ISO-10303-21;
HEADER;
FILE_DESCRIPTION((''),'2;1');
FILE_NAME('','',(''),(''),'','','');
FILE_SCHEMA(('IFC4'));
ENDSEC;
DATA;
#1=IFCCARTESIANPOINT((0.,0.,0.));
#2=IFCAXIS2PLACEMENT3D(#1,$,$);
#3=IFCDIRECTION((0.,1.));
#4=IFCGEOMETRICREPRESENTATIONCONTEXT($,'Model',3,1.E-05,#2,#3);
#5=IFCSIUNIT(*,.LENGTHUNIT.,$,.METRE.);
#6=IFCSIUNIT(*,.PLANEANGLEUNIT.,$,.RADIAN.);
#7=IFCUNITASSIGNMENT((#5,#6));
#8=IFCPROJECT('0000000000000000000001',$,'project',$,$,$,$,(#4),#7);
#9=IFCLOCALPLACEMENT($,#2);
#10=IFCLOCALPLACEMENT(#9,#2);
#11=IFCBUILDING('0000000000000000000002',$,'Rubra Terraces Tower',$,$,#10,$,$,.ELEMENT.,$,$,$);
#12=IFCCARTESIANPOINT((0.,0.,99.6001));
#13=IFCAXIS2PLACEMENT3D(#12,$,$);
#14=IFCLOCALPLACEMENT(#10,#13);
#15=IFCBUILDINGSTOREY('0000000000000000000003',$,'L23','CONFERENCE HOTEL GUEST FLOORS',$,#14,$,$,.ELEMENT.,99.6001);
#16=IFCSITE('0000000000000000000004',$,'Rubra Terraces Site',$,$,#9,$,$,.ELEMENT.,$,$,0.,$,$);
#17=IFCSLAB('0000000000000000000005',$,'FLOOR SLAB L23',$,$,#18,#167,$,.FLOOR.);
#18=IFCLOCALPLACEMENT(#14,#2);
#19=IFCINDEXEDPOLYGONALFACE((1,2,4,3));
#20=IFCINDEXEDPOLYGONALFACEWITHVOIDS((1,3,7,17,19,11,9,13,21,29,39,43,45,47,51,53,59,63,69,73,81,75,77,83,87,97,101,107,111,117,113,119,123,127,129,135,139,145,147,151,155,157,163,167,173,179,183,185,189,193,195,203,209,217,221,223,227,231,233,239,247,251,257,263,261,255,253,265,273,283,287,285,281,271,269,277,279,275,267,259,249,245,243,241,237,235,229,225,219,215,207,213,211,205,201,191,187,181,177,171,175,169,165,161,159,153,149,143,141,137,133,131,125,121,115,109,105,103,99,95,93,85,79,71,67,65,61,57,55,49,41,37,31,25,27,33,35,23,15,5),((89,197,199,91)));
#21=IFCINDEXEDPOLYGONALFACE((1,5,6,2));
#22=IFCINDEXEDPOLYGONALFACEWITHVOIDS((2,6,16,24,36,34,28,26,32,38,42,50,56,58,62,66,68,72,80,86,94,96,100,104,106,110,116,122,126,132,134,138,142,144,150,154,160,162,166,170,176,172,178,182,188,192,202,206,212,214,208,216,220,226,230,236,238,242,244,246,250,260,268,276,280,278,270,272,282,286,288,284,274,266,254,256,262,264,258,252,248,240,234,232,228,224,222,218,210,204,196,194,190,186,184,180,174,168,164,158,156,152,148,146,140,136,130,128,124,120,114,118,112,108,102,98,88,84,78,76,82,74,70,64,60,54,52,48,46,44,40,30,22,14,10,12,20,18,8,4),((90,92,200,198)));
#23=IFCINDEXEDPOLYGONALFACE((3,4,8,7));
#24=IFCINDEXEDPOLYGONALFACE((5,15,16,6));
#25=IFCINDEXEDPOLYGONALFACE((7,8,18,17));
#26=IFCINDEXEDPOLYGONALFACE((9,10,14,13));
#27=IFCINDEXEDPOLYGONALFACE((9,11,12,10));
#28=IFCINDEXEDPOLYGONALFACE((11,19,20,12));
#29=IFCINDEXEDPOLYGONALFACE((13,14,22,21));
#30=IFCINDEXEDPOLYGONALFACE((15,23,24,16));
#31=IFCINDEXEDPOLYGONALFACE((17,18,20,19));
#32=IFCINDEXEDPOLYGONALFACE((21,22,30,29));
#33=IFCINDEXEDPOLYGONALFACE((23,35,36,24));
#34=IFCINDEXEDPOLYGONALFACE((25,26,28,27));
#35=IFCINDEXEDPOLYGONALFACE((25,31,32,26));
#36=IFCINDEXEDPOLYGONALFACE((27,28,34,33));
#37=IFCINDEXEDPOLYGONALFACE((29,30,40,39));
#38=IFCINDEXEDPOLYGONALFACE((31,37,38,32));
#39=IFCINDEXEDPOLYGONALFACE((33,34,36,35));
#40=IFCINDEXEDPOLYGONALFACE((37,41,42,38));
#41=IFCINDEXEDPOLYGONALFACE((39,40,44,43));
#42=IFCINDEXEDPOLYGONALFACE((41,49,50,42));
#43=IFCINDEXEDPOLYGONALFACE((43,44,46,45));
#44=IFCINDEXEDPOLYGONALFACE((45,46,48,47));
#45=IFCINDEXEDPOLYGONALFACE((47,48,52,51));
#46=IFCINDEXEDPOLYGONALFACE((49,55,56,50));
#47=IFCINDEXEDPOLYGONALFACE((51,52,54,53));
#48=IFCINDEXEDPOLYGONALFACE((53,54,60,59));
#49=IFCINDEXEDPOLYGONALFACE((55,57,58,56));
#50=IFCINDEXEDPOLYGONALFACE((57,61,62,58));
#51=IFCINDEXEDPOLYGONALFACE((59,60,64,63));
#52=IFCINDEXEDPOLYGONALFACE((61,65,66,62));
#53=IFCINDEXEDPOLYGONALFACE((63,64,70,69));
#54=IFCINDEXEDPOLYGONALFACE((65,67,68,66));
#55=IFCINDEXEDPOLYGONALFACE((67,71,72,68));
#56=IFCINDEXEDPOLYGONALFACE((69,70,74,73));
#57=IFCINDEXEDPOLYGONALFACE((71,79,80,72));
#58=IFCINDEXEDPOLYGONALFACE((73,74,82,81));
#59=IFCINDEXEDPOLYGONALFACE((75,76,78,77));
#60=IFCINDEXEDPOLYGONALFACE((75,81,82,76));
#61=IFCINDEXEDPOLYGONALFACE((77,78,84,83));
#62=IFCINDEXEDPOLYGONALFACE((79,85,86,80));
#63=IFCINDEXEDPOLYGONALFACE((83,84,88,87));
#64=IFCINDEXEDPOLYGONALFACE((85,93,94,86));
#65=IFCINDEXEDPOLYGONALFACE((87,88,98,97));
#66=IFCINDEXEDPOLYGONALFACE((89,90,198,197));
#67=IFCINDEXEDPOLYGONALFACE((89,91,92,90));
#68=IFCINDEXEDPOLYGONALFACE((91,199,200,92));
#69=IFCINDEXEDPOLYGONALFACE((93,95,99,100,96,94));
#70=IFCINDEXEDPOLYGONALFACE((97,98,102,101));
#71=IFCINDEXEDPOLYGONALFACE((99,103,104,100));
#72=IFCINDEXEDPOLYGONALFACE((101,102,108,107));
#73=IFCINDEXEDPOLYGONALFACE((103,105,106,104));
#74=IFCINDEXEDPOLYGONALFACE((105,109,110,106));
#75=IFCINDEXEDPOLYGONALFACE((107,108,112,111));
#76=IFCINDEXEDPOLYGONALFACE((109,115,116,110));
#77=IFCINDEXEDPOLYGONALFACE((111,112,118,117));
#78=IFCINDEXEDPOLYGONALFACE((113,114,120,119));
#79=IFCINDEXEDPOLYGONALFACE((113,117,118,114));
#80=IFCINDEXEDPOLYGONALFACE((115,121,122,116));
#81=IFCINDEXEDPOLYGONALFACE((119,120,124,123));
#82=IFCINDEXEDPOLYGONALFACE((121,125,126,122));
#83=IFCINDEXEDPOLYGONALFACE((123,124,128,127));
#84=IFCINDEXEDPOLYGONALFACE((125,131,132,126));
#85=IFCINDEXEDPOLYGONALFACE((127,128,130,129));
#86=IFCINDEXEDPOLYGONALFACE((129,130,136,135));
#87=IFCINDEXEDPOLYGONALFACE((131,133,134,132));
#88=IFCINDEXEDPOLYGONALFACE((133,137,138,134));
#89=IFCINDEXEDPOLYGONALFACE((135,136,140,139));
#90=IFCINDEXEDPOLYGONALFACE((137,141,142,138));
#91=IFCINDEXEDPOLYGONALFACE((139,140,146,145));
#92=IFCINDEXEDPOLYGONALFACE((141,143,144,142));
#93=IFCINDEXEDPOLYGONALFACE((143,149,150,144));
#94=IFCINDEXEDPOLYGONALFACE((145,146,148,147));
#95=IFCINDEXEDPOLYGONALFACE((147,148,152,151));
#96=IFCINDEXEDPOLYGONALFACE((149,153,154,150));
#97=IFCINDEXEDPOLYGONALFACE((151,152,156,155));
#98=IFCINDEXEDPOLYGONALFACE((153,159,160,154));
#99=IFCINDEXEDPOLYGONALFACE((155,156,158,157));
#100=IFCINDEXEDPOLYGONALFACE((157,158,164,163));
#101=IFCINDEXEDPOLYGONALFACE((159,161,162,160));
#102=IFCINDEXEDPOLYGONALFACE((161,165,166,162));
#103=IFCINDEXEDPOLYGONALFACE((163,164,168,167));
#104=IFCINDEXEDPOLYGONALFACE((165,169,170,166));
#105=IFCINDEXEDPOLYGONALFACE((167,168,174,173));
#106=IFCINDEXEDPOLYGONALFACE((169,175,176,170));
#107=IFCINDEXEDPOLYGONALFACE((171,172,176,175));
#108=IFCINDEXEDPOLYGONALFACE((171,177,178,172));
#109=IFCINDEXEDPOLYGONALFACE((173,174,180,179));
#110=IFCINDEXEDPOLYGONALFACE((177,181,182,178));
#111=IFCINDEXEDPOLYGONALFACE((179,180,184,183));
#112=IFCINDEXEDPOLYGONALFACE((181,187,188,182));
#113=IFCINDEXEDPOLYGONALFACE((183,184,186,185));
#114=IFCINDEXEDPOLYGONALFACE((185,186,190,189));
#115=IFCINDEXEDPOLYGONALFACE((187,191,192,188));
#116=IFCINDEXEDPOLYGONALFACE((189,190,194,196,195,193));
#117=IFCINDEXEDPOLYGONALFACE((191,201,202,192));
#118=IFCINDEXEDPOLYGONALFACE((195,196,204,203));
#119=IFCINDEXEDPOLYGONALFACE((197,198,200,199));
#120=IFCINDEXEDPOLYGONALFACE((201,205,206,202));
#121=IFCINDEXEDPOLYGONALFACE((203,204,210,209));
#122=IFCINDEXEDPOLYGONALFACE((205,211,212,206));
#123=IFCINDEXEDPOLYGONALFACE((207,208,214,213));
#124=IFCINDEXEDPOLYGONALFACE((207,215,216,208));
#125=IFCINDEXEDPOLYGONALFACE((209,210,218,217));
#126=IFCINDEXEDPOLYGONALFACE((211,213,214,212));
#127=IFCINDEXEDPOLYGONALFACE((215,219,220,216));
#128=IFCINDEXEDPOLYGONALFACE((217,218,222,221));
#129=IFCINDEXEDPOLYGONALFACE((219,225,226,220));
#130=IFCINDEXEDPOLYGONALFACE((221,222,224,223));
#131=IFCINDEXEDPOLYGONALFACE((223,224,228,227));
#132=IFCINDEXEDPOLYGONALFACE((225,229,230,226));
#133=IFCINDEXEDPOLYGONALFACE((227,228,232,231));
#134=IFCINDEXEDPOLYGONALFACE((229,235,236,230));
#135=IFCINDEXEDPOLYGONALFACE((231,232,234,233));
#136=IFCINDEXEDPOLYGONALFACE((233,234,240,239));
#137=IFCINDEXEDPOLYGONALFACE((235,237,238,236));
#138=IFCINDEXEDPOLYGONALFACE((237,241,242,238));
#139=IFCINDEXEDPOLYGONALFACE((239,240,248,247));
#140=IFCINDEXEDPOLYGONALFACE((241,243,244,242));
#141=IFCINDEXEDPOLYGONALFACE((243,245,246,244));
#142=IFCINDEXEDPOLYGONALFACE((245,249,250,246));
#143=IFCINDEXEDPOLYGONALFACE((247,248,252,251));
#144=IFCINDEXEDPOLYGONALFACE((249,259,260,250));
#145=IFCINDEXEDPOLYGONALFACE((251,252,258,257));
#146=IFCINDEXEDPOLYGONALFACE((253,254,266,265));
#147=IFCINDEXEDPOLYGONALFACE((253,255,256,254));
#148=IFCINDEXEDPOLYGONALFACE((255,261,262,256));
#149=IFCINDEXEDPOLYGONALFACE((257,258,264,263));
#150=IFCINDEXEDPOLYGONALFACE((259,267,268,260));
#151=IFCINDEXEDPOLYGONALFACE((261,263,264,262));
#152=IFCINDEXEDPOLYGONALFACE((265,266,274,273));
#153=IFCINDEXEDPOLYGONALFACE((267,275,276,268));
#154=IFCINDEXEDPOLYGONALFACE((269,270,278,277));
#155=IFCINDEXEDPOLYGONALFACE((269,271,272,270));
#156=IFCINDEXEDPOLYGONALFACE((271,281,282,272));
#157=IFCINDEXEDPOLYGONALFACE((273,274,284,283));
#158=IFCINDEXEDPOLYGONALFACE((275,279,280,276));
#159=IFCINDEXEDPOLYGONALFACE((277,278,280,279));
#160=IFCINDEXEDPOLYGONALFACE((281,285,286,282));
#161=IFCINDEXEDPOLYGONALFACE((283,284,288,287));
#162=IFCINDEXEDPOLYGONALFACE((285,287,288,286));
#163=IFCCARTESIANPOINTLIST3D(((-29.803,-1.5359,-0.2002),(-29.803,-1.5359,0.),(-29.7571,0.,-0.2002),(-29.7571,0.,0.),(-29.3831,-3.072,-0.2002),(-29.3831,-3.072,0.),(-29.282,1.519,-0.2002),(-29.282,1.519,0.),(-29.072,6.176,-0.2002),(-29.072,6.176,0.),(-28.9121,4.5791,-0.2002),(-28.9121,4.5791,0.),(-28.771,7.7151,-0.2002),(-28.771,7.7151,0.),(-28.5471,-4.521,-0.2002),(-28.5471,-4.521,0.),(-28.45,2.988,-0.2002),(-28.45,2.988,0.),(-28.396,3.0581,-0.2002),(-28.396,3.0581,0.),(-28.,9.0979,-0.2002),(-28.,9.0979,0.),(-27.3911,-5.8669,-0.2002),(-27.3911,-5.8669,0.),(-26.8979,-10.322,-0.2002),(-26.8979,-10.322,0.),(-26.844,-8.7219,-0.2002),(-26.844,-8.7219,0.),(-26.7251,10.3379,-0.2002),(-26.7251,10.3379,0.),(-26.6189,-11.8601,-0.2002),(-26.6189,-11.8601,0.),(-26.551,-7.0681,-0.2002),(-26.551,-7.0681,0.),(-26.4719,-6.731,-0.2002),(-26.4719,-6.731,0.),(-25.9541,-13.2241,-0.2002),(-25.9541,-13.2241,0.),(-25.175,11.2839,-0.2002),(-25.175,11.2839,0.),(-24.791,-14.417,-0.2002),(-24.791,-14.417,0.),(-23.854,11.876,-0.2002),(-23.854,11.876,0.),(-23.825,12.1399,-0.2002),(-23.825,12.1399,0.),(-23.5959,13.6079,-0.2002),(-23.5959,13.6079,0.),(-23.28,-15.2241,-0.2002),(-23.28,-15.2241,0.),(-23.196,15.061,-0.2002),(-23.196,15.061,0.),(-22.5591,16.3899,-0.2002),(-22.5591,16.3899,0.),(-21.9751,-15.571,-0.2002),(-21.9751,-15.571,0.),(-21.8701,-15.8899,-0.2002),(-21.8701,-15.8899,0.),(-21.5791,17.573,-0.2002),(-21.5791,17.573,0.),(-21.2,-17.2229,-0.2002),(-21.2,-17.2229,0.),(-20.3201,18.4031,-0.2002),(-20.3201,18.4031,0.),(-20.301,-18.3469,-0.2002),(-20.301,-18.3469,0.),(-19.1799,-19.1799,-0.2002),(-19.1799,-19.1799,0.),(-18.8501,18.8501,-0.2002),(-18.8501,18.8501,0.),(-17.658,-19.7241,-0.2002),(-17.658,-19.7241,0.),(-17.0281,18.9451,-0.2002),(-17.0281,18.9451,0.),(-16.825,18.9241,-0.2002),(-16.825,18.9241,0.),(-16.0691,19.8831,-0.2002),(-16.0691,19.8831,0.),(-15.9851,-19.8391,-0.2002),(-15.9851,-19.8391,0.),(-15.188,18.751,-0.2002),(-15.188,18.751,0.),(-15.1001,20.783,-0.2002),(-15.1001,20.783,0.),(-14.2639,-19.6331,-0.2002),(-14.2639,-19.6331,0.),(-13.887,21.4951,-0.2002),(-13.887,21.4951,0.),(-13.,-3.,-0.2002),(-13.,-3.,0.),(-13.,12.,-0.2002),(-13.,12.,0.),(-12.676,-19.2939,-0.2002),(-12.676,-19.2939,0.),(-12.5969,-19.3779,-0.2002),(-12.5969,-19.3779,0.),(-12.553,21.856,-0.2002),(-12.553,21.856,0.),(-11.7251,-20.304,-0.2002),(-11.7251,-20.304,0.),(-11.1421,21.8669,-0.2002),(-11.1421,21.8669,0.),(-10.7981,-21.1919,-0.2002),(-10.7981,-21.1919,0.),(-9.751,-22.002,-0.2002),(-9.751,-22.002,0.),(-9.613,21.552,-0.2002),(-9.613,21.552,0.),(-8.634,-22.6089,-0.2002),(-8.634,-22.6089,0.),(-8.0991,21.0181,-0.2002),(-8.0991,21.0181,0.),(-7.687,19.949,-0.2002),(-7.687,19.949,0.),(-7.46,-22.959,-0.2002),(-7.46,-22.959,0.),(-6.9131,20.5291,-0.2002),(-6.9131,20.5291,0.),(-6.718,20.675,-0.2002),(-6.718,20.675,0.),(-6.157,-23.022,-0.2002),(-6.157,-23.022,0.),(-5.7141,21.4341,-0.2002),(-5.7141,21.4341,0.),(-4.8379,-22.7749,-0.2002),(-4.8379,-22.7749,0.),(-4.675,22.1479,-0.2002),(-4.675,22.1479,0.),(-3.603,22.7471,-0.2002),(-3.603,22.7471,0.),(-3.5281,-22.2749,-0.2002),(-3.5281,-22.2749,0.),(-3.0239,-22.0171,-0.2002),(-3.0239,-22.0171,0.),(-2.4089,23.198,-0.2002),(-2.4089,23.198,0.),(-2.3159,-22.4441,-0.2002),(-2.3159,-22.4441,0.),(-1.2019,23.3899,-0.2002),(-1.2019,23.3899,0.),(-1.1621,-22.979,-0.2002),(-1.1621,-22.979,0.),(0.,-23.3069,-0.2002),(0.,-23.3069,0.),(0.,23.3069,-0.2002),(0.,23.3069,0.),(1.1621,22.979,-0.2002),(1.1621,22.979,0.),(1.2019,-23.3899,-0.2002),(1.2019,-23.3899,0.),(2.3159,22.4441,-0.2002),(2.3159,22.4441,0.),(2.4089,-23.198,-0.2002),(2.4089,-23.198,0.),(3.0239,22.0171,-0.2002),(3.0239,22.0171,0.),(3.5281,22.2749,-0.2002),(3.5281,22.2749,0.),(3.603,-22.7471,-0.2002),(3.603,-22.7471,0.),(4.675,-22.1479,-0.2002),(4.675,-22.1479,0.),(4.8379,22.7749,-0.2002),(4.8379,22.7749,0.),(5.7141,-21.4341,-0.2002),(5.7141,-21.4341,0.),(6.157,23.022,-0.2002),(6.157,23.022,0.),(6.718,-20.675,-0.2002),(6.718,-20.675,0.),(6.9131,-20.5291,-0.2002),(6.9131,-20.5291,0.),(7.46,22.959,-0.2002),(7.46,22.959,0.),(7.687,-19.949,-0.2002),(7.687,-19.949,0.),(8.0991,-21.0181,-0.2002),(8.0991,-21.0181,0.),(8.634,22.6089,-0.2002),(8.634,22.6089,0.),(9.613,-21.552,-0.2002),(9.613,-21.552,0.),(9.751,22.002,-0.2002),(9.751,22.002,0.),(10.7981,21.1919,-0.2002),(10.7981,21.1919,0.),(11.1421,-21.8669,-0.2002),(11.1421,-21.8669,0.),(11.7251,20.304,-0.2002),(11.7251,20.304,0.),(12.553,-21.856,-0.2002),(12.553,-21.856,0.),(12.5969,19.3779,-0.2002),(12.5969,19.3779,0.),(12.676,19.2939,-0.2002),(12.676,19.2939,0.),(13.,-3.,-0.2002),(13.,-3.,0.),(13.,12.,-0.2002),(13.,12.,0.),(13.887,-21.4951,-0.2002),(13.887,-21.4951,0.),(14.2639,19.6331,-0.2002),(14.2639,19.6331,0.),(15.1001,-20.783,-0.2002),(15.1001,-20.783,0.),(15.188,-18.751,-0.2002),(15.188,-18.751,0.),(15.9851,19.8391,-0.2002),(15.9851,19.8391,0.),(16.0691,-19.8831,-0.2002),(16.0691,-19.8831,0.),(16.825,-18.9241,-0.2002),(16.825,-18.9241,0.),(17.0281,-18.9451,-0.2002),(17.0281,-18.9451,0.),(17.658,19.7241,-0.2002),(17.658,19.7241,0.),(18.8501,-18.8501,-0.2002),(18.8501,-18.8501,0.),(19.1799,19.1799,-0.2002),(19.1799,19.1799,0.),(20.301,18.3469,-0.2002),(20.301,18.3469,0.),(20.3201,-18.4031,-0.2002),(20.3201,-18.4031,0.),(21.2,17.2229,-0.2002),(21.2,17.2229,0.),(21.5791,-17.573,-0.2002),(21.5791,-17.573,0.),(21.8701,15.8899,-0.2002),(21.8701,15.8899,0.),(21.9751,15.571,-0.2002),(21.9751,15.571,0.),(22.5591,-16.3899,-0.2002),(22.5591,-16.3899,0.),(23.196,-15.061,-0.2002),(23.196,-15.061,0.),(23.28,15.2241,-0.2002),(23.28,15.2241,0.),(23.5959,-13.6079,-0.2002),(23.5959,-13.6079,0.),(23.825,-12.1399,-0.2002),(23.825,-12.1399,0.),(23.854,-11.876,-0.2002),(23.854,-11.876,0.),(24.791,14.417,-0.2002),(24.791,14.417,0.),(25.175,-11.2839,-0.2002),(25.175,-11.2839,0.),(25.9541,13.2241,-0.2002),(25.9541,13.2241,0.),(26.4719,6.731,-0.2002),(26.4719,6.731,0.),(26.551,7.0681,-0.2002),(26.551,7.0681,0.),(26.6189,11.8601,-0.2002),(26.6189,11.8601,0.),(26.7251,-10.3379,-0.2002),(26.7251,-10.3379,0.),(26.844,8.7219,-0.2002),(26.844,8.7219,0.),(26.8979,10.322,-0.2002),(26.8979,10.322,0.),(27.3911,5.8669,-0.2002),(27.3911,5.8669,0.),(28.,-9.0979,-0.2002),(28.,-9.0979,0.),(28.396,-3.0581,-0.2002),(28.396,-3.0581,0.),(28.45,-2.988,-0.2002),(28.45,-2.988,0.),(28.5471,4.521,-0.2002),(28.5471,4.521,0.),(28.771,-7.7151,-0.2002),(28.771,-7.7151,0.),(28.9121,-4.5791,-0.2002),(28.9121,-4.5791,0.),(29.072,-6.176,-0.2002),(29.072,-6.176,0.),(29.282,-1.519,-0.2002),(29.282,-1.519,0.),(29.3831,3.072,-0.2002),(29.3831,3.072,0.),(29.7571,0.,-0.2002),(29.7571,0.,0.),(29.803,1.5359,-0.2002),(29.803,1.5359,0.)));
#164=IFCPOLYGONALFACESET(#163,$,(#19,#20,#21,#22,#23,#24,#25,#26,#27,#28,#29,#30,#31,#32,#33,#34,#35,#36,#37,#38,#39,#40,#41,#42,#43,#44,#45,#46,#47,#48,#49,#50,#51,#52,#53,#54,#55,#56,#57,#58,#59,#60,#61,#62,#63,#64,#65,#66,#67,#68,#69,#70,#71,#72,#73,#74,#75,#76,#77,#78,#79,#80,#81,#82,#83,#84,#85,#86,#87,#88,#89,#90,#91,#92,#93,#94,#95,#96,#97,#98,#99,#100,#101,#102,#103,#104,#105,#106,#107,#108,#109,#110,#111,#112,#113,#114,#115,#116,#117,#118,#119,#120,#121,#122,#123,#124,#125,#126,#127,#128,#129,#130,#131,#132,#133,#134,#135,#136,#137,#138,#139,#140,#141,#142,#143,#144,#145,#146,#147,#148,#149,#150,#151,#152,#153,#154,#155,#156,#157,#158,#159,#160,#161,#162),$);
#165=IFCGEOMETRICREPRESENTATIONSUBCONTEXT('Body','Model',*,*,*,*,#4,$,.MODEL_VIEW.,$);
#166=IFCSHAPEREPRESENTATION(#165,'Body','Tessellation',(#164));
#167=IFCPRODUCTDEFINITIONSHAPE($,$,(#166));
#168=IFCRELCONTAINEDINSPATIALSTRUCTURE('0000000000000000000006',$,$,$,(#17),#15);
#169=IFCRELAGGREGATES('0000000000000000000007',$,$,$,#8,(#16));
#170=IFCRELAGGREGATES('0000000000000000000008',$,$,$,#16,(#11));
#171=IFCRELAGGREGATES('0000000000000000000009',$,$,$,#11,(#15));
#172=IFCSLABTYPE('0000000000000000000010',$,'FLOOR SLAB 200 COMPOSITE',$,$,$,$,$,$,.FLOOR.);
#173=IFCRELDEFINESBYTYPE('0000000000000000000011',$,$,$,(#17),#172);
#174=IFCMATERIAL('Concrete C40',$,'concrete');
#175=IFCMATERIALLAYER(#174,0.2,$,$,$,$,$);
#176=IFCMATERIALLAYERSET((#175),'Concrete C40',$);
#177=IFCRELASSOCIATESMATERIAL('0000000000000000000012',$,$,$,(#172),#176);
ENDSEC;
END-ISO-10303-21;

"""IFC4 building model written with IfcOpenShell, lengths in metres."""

from ifc_helpers import new_model, si_unit, direction, frame, origin, place, context, subcontext, project, spatial, polyline, outline, extrude, material, layer, layer_set, type_object, element, save


model = new_model("IFC4")

# Units and contexts
model_context = context("Model", 3, precision=1e-05, world=origin(), true_north=direction((0.0, 1.0)))
body_context = subcontext(model_context, "Body", "Model", "MODEL_VIEW")
ifc_project = project(units=[si_unit("LENGTHUNIT", "METRE"), si_unit("PLANEANGLEUNIT", "RADIAN")], contexts=[model_context])

# Site, building, storey
site_placement = place(None, origin())
site = spatial("IfcSite", under=ifc_project, at=site_placement, Name="Rubra Terraces Site", CompositionType="ELEMENT", RefElevation=0.0)
building_placement = place(site_placement, origin())
building = spatial("IfcBuilding", under=site, at=building_placement, Name="Rubra Terraces Tower", CompositionType="ELEMENT")
storey_placement = place(building_placement, frame((0.0, 0.0, 99.6001)))
storey = spatial("IfcBuildingStorey", under=building, at=storey_placement, Name="L23", Description="CONFERENCE HOTEL GUEST FLOORS", CompositionType="ELEMENT", Elevation=99.6001)

# Slab
ifc_material_1 = material(Name="Concrete C40", Category="concrete")
ifc_layer_1 = layer(ifc_material_1, 0.2)
ifc_layer_set_1 = layer_set([ifc_layer_1], Name="Concrete C40")
slab_type_1 = type_object("IfcSlabType", Name="FLOOR SLAB 200 COMPOSITE", PredefinedType="FLOOR", material=ifc_layer_set_1)
slab_1_placement = place(storey_placement, frame((0.0, 0.0, -0.2002)))
element("IfcSlab", 1, at=slab_1_placement, inside=storey, type_object=slab_type_1, Name="FLOOR SLAB L23", PredefinedType="FLOOR", context=body_context, shape_type="SweptSolid", body=[
    extrude(outline(polyline([(23.28, 15.2241), (21.9751, 15.571), (21.8701, 15.8899), (21.2, 17.2229), (20.301, 18.3469), (19.1799, 19.1799), (17.658, 19.7241), (15.9851, 19.8391), (14.2639, 19.6331), (12.676, 19.2939), (12.5969, 19.3779), (11.7251, 20.304), (10.7981, 21.1919), (9.751, 22.002), (8.634, 22.6089), (7.46, 22.959), (6.157, 23.022), (4.8379, 22.7749), (3.5281, 22.2749), (3.0239, 22.0171), (2.3159, 22.4441), (1.1621, 22.979), (0.0, 23.3069), (-1.2019, 23.3899), (-2.4089, 23.198), (-3.603, 22.7471), (-4.675, 22.1479), (-5.7141, 21.4341), (-6.718, 20.675), (-7.687, 19.949), (-6.9131, 20.5291), (-8.0991, 21.0181), (-9.613, 21.552), (-11.1421, 21.8669), (-12.553, 21.856), (-13.887, 21.4951), (-15.1001, 20.783), (-16.0691, 19.8831), (-16.825, 18.9241), (-15.188, 18.751), (-17.0281, 18.9451), (-18.8501, 18.8501), (-20.3201, 18.4031), (-21.5791, 17.573), (-22.5591, 16.3899), (-23.196, 15.061), (-23.5959, 13.6079), (-23.825, 12.1399), (-23.854, 11.876), (-25.175, 11.2839), (-26.7251, 10.3379), (-28.0, 9.0979), (-28.771, 7.7151), (-29.072, 6.176), (-28.9121, 4.5791), (-28.396, 3.0581), (-28.45, 2.988), (-29.282, 1.519), (-29.7571, 0.0), (-29.803, -1.5359), (-29.3831, -3.072), (-28.5471, -4.521), (-27.3911, -5.8669), (-26.4719, -6.731), (-26.551, -7.0681), (-26.844, -8.7219), (-26.8979, -10.322), (-26.6189, -11.8601), (-25.9541, -13.2241), (-24.791, -14.417), (-23.28, -15.2241), (-21.9751, -15.571), (-21.8701, -15.8899), (-21.2, -17.2229), (-20.301, -18.3469), (-19.1799, -19.1799), (-17.658, -19.7241), (-15.9851, -19.8391), (-14.2639, -19.6331), (-12.676, -19.2939), (-12.5969, -19.3779), (-11.7251, -20.304), (-10.7981, -21.1919), (-9.751, -22.002), (-8.634, -22.6089), (-7.46, -22.959), (-6.157, -23.022), (-4.8379, -22.7749), (-3.5281, -22.2749), (-3.0239, -22.0171), (-2.3159, -22.4441), (-1.1621, -22.979), (0.0, -23.3069), (1.2019, -23.3899), (2.4089, -23.198), (3.603, -22.7471), (4.675, -22.1479), (5.7141, -21.4341), (6.718, -20.675), (7.687, -19.949), (6.9131, -20.5291), (8.0991, -21.0181), (9.613, -21.552), (11.1421, -21.8669), (12.553, -21.856), (13.887, -21.4951), (15.1001, -20.783), (16.0691, -19.8831), (16.825, -18.9241), (15.188, -18.751), (17.0281, -18.9451), (18.8501, -18.8501), (20.3201, -18.4031), (21.5791, -17.573), (22.5591, -16.3899), (23.196, -15.061), (23.5959, -13.6079), (23.825, -12.1399), (23.854, -11.876), (25.175, -11.2839), (26.7251, -10.3379), (28.0, -9.0979), (28.771, -7.7151), (29.072, -6.176), (28.9121, -4.5791), (28.396, -3.0581), (28.45, -2.988), (29.282, -1.519), (29.7571, 0.0), (29.803, 1.5359), (29.3831, 3.072), (28.5471, 4.521), (27.3911, 5.8669), (26.4719, 6.731), (26.551, 7.0681), (26.844, 8.7219), (26.8979, 10.322), (26.6189, 11.8601), (25.9541, 13.2241), (24.791, 14.417), (23.28, 15.2241)]), holes=[polyline([(13.0, 12.0), (13.0, -3.0), (-13.0, -3.0), (-13.0, 12.0), (13.0, 12.0)])]), origin(), (0.0, 0.0, 1.0), 0.2002),
])

save(model, "model.ifc")
